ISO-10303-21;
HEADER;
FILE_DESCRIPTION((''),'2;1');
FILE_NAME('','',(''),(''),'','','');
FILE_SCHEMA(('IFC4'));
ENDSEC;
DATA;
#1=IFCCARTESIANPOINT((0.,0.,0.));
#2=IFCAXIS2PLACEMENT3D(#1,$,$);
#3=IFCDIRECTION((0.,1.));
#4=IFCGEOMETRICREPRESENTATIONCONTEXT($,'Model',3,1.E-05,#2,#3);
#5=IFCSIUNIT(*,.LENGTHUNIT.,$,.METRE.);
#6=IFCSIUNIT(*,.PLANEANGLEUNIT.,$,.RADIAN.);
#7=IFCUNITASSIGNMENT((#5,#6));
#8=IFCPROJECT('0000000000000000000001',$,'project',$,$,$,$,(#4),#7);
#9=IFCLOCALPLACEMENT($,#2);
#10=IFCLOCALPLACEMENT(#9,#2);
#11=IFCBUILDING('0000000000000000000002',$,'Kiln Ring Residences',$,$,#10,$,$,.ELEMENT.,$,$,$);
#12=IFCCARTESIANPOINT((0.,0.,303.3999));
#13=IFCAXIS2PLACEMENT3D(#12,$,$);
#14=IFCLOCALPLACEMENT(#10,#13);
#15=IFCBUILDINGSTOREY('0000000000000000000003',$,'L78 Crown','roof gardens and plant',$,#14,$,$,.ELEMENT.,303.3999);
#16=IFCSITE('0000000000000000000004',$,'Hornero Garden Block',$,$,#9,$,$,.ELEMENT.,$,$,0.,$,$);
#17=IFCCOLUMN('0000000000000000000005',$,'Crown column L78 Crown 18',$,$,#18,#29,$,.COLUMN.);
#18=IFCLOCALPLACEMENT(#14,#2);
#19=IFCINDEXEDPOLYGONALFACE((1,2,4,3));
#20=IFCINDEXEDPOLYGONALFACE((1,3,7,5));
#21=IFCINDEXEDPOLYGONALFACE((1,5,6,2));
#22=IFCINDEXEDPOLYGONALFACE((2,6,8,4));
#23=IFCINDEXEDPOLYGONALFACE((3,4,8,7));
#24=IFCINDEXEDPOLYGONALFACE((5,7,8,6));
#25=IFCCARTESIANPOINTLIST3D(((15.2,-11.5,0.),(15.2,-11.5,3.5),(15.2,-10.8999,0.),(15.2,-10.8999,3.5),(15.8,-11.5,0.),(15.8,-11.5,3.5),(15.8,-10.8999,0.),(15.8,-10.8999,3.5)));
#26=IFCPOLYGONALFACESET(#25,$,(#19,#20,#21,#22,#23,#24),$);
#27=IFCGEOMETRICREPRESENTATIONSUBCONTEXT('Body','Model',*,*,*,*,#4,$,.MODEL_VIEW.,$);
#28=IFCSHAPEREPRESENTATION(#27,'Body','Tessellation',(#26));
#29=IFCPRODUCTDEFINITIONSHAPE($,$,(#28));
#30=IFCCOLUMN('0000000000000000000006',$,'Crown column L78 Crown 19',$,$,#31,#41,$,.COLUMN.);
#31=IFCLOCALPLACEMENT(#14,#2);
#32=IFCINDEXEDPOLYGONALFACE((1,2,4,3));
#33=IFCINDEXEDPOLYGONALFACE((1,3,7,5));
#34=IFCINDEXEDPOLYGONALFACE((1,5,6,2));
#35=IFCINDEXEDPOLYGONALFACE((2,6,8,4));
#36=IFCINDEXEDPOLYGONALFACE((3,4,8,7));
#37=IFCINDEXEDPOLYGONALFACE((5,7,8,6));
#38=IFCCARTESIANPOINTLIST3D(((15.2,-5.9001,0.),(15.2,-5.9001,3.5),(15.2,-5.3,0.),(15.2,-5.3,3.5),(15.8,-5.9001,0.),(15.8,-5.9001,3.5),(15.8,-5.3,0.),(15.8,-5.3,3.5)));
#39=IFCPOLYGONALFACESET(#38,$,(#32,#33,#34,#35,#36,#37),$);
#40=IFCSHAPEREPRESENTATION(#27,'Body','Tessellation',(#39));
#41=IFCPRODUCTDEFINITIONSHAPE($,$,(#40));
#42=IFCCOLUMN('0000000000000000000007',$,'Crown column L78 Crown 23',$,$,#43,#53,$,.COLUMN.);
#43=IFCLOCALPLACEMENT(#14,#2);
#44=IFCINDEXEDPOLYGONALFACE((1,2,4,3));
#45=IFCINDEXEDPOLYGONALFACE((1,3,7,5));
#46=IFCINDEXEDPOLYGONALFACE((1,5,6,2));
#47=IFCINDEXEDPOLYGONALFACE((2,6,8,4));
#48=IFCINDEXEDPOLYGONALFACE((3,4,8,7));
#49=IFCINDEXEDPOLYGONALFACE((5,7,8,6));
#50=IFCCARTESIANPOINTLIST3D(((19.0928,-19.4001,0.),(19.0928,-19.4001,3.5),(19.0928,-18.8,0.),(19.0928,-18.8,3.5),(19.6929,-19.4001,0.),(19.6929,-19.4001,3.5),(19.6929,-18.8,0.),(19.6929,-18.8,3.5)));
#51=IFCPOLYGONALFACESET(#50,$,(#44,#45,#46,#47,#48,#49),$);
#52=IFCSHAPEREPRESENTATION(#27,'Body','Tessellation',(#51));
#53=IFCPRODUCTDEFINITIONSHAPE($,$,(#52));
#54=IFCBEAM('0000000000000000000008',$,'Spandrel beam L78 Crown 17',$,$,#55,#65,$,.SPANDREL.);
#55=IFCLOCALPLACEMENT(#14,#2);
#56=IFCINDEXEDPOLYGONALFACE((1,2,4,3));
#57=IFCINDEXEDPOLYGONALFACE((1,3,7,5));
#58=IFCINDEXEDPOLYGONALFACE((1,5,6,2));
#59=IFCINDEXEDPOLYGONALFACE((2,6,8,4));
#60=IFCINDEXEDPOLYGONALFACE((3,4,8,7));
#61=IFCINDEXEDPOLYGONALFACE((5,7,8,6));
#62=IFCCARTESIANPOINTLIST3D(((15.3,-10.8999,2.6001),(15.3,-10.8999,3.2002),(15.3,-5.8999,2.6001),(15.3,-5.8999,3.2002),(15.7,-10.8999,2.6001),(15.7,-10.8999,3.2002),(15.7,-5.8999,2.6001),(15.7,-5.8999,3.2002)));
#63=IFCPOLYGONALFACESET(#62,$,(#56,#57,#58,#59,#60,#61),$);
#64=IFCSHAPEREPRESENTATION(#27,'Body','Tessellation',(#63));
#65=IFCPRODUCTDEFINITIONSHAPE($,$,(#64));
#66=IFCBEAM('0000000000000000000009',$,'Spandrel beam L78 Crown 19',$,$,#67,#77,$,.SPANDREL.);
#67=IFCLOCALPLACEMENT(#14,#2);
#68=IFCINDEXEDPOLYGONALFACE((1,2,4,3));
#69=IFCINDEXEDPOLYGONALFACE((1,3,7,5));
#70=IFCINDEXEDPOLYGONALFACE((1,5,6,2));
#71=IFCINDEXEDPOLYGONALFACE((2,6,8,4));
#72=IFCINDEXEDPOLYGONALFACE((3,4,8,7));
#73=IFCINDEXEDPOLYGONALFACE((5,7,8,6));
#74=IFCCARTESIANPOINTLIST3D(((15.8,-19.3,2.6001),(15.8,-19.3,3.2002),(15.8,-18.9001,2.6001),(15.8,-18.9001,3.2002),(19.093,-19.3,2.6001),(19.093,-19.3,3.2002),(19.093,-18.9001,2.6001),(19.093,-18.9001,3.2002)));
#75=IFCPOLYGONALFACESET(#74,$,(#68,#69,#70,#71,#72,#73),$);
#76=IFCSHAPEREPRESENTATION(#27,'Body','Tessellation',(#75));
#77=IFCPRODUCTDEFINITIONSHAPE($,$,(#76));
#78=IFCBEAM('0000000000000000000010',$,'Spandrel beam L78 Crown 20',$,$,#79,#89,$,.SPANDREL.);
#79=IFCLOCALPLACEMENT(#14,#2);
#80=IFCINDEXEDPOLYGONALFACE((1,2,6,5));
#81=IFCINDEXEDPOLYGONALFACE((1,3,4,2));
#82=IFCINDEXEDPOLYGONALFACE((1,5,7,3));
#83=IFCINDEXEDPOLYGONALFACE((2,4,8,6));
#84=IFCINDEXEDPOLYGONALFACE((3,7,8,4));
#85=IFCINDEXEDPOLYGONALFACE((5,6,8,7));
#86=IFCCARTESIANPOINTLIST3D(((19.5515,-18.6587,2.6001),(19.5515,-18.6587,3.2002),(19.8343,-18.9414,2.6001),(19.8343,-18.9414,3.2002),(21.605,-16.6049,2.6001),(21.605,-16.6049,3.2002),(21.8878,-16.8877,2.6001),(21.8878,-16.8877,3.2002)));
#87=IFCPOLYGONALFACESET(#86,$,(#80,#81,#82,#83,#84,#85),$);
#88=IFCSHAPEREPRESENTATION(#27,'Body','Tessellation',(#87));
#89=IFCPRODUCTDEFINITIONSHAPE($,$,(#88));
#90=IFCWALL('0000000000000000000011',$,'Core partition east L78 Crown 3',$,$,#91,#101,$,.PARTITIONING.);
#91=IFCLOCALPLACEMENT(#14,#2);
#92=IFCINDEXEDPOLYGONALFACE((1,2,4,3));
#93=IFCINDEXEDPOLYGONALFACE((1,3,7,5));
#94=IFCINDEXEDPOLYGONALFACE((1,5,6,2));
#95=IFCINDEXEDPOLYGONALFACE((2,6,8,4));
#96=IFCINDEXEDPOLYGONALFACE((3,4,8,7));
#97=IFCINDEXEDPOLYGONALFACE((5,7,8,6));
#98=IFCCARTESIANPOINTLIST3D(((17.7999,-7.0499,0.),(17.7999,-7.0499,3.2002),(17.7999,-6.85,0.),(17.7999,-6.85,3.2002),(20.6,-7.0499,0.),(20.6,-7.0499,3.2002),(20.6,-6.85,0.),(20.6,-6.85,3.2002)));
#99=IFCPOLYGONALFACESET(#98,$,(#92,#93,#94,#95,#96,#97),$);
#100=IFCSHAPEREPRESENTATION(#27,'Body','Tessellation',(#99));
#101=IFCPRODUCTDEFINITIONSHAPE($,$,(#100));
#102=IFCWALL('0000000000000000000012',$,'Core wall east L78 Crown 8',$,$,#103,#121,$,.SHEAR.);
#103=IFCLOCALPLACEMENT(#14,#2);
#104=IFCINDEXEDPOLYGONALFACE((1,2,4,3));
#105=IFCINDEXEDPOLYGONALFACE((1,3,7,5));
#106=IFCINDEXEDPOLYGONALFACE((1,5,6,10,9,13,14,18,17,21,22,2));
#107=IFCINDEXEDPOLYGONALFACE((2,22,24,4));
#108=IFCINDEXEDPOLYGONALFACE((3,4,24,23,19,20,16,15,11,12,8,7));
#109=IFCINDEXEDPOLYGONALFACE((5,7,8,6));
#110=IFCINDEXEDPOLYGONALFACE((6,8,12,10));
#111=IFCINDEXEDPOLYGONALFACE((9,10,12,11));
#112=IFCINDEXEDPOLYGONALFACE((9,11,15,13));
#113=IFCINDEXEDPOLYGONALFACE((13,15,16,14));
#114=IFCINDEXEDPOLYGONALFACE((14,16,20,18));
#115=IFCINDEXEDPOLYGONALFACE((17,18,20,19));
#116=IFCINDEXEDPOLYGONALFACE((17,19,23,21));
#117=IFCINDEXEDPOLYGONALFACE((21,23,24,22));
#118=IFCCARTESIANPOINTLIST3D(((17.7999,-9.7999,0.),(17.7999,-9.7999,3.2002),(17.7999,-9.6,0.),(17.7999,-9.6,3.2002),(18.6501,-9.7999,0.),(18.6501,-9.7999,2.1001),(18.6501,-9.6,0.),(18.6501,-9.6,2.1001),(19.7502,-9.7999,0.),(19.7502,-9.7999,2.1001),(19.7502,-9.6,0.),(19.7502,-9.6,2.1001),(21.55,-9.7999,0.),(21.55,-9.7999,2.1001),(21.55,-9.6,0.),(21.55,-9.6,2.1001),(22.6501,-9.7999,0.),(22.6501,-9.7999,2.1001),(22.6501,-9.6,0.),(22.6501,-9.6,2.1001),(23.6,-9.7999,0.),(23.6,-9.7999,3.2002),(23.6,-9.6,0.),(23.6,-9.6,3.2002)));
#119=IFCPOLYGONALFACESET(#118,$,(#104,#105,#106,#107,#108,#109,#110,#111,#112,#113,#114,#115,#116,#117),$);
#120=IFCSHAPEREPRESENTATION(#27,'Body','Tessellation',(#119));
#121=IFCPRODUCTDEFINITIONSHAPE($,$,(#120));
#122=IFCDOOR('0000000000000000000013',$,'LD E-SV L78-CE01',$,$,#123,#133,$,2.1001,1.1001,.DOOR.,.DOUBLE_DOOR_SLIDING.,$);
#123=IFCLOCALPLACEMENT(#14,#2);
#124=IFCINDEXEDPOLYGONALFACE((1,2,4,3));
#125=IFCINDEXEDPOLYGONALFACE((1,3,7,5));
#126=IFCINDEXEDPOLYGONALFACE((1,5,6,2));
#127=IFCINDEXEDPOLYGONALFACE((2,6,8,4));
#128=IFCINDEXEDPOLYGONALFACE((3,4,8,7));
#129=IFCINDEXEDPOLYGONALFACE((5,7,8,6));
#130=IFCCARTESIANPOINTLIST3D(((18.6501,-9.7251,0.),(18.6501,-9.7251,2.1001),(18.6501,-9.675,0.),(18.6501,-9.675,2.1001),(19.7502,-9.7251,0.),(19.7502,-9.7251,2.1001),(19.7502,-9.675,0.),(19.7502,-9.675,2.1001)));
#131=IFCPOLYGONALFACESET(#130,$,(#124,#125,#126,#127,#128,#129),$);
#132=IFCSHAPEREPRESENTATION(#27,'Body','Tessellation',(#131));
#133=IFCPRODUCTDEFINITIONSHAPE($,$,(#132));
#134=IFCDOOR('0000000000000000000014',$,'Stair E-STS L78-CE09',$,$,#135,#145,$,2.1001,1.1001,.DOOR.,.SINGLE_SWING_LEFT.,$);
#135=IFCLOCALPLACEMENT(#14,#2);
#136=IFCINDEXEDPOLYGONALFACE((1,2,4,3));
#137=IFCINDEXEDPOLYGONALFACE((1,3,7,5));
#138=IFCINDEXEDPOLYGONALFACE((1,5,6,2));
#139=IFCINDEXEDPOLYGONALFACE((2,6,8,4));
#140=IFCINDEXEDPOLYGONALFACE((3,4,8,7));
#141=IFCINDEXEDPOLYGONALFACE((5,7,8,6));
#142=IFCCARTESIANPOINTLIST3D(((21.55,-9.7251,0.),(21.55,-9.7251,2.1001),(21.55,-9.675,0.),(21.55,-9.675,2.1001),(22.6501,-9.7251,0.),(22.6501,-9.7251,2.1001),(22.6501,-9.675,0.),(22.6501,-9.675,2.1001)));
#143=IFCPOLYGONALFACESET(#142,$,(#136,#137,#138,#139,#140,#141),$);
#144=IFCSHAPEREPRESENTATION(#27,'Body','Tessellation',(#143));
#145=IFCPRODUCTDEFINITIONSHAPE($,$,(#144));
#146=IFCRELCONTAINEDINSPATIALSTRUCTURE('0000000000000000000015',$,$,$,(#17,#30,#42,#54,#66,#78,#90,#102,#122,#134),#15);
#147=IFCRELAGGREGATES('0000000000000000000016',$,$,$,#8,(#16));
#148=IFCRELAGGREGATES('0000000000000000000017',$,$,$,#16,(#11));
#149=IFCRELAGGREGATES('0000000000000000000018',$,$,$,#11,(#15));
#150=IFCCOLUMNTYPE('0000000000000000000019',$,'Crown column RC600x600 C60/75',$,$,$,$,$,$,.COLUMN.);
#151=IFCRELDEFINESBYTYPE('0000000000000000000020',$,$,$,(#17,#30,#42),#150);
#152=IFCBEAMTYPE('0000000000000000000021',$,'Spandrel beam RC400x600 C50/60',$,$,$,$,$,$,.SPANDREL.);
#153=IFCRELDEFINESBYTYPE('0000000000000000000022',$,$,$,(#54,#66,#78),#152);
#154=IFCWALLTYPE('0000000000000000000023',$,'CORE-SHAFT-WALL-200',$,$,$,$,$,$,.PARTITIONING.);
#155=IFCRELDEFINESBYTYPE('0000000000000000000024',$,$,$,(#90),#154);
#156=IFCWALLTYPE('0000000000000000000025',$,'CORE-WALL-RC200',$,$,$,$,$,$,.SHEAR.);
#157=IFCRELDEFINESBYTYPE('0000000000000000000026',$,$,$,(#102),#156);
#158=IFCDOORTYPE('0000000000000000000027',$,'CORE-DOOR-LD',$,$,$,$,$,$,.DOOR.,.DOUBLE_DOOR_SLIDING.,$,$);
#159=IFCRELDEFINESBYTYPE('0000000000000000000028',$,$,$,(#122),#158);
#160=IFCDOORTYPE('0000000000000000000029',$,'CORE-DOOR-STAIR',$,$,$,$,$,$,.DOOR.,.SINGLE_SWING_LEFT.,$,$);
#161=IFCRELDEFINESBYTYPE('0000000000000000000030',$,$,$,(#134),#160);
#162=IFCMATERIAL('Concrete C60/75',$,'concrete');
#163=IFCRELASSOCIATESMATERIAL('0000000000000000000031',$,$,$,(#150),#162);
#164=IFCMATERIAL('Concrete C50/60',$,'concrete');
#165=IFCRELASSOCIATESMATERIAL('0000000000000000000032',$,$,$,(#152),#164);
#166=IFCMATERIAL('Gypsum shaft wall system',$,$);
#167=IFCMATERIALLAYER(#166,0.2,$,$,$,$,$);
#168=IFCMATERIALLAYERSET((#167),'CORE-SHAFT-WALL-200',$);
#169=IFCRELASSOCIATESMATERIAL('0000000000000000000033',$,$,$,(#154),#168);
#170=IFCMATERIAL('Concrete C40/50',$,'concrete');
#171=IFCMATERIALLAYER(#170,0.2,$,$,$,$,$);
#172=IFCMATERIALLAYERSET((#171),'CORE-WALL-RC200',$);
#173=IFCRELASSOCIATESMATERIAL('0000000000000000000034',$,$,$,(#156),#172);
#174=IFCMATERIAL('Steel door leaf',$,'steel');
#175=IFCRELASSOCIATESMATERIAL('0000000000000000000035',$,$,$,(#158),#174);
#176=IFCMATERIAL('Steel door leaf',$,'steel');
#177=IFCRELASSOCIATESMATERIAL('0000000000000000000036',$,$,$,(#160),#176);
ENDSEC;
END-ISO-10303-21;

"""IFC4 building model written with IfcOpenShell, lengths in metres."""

from ifc_helpers import new_model, si_unit, direction, frame, frame_2d, origin, origin_2d, place, context, subcontext, project, spatial, rectangle, extrude, material, layer, layer_set, material_profile, profile_set, type_object, element, fill, save


model = new_model("IFC4")

# Units and contexts
model_context = context("Model", 3, precision=1e-05, world=origin(), true_north=direction((0.0, 1.0)))
body_context = subcontext(model_context, "Body", "Model", "MODEL_VIEW")
ifc_project = project(units=[si_unit("LENGTHUNIT", "METRE"), si_unit("PLANEANGLEUNIT", "RADIAN")], contexts=[model_context])

# Site, building, storey
site_placement = place(None, origin())
site = spatial("IfcSite", under=ifc_project, at=site_placement, Name="Hornero Garden Block", CompositionType="ELEMENT", RefElevation=0.0)
building_placement = place(site_placement, origin())
building = spatial("IfcBuilding", under=site, at=building_placement, Name="Kiln Ring Residences", CompositionType="ELEMENT")
storey_placement = place(building_placement, frame((0.0, 0.0, 303.3999)))
storey = spatial("IfcBuildingStorey", under=building, at=storey_placement, Name="L78 Crown", Description="roof gardens and plant", CompositionType="ELEMENT", Elevation=303.3999)

# Columns
ifc_material_1 = material(Name="Concrete C60/75", Category="concrete")
ifc_material_profile_1 = material_profile(ifc_material_1, rectangle(XDim=0.6001, YDim=0.6001, at=origin_2d()), Name="RC600x600")
ifc_profile_set_1 = profile_set([ifc_material_profile_1], Name="Concrete C60/75")
column_type = type_object("IfcColumnType", Name="Crown column RC600x600 C60/75", PredefinedType="COLUMN", material=ifc_profile_set_1)
for number, where, z_axis, x_axis, name in (
    (1, (15.5, -11.2, 0.0), (0.0, 0.0, 1.0), (1.0, 0.0, 0.0), "Crown column L78 Crown 18"),
    (2, (15.5, -5.6001, 0.0), (0.0, 0.0, 1.0), (1.0, 0.0, 0.0), "Crown column L78 Crown 19"),
    (3, (19.3928, -19.1001, 0.0), (0.0, 0.0, 1.0), (1.0, 0.0, 0.0), "Crown column L78 Crown 23"),
):
    element("IfcColumn", number, at=place(storey_placement, frame(where, z_axis=z_axis, x_axis=x_axis)), inside=storey, type_object=column_type, Name=name, PredefinedType="COLUMN", context=body_context, shape_type="SweptSolid", body=[
        extrude(rectangle(XDim=0.6001, YDim=0.6001, at=origin_2d()), origin(), (0.0, 0.0, 1.0), 3.5),
    ])

# Beams
ifc_material_2 = material(Name="Concrete C50/60", Category="concrete")
ifc_material_profile_2 = material_profile(ifc_material_2, rectangle(XDim=0.3999, YDim=0.6001, at=origin_2d()), Name="RC400x600")
ifc_profile_set_2 = profile_set([ifc_material_profile_2], Name="Concrete C50/60")
beam_type = type_object("IfcBeamType", Name="Spandrel beam RC400x600 C50/60", PredefinedType="SPANDREL", material=ifc_profile_set_2)
beam_1_placement = place(storey_placement, frame((15.5, -5.8999, 2.9001), z_axis=(0.0, -1.0, 0.0), x_axis=(1.0, 0.0, 0.0)))
element("IfcBeam", 4, at=beam_1_placement, inside=storey, type_object=beam_type, Name="Spandrel beam L78 Crown 17", PredefinedType="SPANDREL", context=body_context, shape_type="SweptSolid", body=[
    extrude(rectangle(XDim=0.3999, YDim=0.6001, at=origin_2d()), origin(), (0.0, 0.0, 1.0), 5.0),
])
beam_2_placement = place(storey_placement, frame((15.8, -19.1001, 2.9001), z_axis=(1.0, 0.0, 0.0), x_axis=(0.0, 1.0, 0.0)))
element("IfcBeam", 5, at=beam_2_placement, inside=storey, type_object=beam_type, Name="Spandrel beam L78 Crown 19", PredefinedType="SPANDREL", context=body_context, shape_type="SweptSolid", body=[
    extrude(rectangle(XDim=0.3999, YDim=0.6001, at=origin_2d()), origin(), (0.0, 0.0, 1.0), 3.293),
])
beam_3_placement = place(storey_placement, frame((19.6929, -18.8, 2.9001), z_axis=(0.707065, 0.707149, 0.0), x_axis=(-0.707149, 0.707065, 0.0)))
element("IfcBeam", 6, at=beam_3_placement, inside=storey, type_object=beam_type, Name="Spandrel beam L78 Crown 20", PredefinedType="SPANDREL", context=body_context, shape_type="SweptSolid", body=[
    extrude(rectangle(XDim=0.3999, YDim=0.6001, at=origin_2d()), origin(), (0.0, 0.0, 1.0), 2.9043),
])

# Wall
ifc_material_3 = material(Name="Gypsum shaft wall system")
ifc_layer_1 = layer(ifc_material_3, 0.2)
ifc_layer_set_1 = layer_set([ifc_layer_1], Name="CORE-SHAFT-WALL-200")
wall_type_1 = type_object("IfcWallType", Name="CORE-SHAFT-WALL-200", PredefinedType="PARTITIONING", material=ifc_layer_set_1)
wall_1_placement = place(storey_placement, frame((17.8, -6.95, 0.0), z_axis=(0.0, 0.0, 1.0), x_axis=(1.0, 0.0, 0.0)))
element("IfcWall", 7, at=wall_1_placement, inside=storey, type_object=wall_type_1, Name="Core partition east L78 Crown 3", PredefinedType="PARTITIONING", context=body_context, shape_type="SweptSolid", body=[
    extrude(rectangle(XDim=2.8, YDim=0.2, at=frame_2d((1.3999, 0.0))), origin(), (0.0, 0.0, 1.0), 3.2002),
])

# Wall, openings, doors
ifc_material_4 = material(Name="Concrete C40/50", Category="concrete")
ifc_layer_2 = layer(ifc_material_4, 0.2)
ifc_layer_set_2 = layer_set([ifc_layer_2], Name="CORE-WALL-RC200")
wall_type_2 = type_object("IfcWallType", Name="CORE-WALL-RC200", PredefinedType="SHEAR", material=ifc_layer_set_2)
wall_2_placement = place(storey_placement, frame((17.8, -9.7, 0.0), z_axis=(0.0, 0.0, 1.0), x_axis=(1.0, 0.0, 0.0)))
wall_2 = element("IfcWall", 8, at=wall_2_placement, inside=storey, type_object=wall_type_2, Name="Core wall east L78 Crown 8", PredefinedType="SHEAR", context=body_context, shape_type="SweptSolid", body=[
    extrude(rectangle(XDim=5.8, YDim=0.2, at=frame_2d((2.8999, 0.0))), origin(), (0.0, 0.0, 1.0), 3.2002),
])
opening_1_placement = place(wall_2_placement, frame((0.8501, 0.0, 0.0)))
opening_1 = element("IfcOpeningElement", 9, at=opening_1_placement, cuts=wall_2, PredefinedType="OPENING", context=body_context, shape_type="SweptSolid", body=[
    extrude(rectangle(XDim=1.1001, YDim=2.1001, at=frame_2d((0.55, 1.05))), frame((0.0, 0.1099, 0.0), z_axis=(0.0, -1.0, 0.0), x_axis=(1.0, 0.0, 0.0)), (0.0, 0.0, 1.0), 0.22),
])
opening_2_placement = place(wall_2_placement, frame((3.75, 0.0, 0.0)))
opening_2 = element("IfcOpeningElement", 10, at=opening_2_placement, cuts=wall_2, PredefinedType="OPENING", context=body_context, shape_type="SweptSolid", body=[
    extrude(rectangle(XDim=1.1001, YDim=2.1001, at=frame_2d((0.55, 1.05))), frame((0.0, 0.1099, 0.0), z_axis=(0.0, -1.0, 0.0), x_axis=(1.0, 0.0, 0.0)), (0.0, 0.0, 1.0), 0.22),
])
ifc_material_5 = material(Name="Steel door leaf", Category="steel")
door_type_1 = type_object("IfcDoorType", Name="CORE-DOOR-LD", OperationType="DOUBLE_DOOR_SLIDING", PredefinedType="DOOR", material=ifc_material_5)
door_1_placement = place(opening_1_placement, origin())
door_1 = element("IfcDoor", 11, at=door_1_placement, inside=storey, type_object=door_type_1, Name="LD E-SV L78-CE01", OperationType="DOUBLE_DOOR_SLIDING", OverallHeight=2.1001, OverallWidth=1.1001, PredefinedType="DOOR", context=body_context, shape_type="SweptSolid", body=[
    extrude(rectangle(XDim=1.1001, YDim=2.1001, at=frame_2d((0.55, 1.05))), frame((0.0, 0.0249, 0.0), z_axis=(0.0, -1.0, 0.0), x_axis=(1.0, 0.0, 0.0)), (0.0, 0.0, 1.0), 0.05),
])
fill(opening_1, door_1)
ifc_material_6 = material(Name="Steel door leaf", Category="steel")
door_type_2 = type_object("IfcDoorType", Name="CORE-DOOR-STAIR", OperationType="SINGLE_SWING_LEFT", PredefinedType="DOOR", material=ifc_material_6)
door_2_placement = place(opening_2_placement, origin())
door_2 = element("IfcDoor", 12, at=door_2_placement, inside=storey, type_object=door_type_2, Name="Stair E-STS L78-CE09", OperationType="SINGLE_SWING_LEFT", OverallHeight=2.1001, OverallWidth=1.1001, PredefinedType="DOOR", context=body_context, shape_type="SweptSolid", body=[
    extrude(rectangle(XDim=1.1001, YDim=2.1001, at=frame_2d((0.55, 1.05))), frame((0.0, 0.0249, 0.0), z_axis=(0.0, -1.0, 0.0), x_axis=(1.0, 0.0, 0.0)), (0.0, 0.0, 1.0), 0.05),
])
fill(opening_2, door_2)

save(model, "model.ifc")
